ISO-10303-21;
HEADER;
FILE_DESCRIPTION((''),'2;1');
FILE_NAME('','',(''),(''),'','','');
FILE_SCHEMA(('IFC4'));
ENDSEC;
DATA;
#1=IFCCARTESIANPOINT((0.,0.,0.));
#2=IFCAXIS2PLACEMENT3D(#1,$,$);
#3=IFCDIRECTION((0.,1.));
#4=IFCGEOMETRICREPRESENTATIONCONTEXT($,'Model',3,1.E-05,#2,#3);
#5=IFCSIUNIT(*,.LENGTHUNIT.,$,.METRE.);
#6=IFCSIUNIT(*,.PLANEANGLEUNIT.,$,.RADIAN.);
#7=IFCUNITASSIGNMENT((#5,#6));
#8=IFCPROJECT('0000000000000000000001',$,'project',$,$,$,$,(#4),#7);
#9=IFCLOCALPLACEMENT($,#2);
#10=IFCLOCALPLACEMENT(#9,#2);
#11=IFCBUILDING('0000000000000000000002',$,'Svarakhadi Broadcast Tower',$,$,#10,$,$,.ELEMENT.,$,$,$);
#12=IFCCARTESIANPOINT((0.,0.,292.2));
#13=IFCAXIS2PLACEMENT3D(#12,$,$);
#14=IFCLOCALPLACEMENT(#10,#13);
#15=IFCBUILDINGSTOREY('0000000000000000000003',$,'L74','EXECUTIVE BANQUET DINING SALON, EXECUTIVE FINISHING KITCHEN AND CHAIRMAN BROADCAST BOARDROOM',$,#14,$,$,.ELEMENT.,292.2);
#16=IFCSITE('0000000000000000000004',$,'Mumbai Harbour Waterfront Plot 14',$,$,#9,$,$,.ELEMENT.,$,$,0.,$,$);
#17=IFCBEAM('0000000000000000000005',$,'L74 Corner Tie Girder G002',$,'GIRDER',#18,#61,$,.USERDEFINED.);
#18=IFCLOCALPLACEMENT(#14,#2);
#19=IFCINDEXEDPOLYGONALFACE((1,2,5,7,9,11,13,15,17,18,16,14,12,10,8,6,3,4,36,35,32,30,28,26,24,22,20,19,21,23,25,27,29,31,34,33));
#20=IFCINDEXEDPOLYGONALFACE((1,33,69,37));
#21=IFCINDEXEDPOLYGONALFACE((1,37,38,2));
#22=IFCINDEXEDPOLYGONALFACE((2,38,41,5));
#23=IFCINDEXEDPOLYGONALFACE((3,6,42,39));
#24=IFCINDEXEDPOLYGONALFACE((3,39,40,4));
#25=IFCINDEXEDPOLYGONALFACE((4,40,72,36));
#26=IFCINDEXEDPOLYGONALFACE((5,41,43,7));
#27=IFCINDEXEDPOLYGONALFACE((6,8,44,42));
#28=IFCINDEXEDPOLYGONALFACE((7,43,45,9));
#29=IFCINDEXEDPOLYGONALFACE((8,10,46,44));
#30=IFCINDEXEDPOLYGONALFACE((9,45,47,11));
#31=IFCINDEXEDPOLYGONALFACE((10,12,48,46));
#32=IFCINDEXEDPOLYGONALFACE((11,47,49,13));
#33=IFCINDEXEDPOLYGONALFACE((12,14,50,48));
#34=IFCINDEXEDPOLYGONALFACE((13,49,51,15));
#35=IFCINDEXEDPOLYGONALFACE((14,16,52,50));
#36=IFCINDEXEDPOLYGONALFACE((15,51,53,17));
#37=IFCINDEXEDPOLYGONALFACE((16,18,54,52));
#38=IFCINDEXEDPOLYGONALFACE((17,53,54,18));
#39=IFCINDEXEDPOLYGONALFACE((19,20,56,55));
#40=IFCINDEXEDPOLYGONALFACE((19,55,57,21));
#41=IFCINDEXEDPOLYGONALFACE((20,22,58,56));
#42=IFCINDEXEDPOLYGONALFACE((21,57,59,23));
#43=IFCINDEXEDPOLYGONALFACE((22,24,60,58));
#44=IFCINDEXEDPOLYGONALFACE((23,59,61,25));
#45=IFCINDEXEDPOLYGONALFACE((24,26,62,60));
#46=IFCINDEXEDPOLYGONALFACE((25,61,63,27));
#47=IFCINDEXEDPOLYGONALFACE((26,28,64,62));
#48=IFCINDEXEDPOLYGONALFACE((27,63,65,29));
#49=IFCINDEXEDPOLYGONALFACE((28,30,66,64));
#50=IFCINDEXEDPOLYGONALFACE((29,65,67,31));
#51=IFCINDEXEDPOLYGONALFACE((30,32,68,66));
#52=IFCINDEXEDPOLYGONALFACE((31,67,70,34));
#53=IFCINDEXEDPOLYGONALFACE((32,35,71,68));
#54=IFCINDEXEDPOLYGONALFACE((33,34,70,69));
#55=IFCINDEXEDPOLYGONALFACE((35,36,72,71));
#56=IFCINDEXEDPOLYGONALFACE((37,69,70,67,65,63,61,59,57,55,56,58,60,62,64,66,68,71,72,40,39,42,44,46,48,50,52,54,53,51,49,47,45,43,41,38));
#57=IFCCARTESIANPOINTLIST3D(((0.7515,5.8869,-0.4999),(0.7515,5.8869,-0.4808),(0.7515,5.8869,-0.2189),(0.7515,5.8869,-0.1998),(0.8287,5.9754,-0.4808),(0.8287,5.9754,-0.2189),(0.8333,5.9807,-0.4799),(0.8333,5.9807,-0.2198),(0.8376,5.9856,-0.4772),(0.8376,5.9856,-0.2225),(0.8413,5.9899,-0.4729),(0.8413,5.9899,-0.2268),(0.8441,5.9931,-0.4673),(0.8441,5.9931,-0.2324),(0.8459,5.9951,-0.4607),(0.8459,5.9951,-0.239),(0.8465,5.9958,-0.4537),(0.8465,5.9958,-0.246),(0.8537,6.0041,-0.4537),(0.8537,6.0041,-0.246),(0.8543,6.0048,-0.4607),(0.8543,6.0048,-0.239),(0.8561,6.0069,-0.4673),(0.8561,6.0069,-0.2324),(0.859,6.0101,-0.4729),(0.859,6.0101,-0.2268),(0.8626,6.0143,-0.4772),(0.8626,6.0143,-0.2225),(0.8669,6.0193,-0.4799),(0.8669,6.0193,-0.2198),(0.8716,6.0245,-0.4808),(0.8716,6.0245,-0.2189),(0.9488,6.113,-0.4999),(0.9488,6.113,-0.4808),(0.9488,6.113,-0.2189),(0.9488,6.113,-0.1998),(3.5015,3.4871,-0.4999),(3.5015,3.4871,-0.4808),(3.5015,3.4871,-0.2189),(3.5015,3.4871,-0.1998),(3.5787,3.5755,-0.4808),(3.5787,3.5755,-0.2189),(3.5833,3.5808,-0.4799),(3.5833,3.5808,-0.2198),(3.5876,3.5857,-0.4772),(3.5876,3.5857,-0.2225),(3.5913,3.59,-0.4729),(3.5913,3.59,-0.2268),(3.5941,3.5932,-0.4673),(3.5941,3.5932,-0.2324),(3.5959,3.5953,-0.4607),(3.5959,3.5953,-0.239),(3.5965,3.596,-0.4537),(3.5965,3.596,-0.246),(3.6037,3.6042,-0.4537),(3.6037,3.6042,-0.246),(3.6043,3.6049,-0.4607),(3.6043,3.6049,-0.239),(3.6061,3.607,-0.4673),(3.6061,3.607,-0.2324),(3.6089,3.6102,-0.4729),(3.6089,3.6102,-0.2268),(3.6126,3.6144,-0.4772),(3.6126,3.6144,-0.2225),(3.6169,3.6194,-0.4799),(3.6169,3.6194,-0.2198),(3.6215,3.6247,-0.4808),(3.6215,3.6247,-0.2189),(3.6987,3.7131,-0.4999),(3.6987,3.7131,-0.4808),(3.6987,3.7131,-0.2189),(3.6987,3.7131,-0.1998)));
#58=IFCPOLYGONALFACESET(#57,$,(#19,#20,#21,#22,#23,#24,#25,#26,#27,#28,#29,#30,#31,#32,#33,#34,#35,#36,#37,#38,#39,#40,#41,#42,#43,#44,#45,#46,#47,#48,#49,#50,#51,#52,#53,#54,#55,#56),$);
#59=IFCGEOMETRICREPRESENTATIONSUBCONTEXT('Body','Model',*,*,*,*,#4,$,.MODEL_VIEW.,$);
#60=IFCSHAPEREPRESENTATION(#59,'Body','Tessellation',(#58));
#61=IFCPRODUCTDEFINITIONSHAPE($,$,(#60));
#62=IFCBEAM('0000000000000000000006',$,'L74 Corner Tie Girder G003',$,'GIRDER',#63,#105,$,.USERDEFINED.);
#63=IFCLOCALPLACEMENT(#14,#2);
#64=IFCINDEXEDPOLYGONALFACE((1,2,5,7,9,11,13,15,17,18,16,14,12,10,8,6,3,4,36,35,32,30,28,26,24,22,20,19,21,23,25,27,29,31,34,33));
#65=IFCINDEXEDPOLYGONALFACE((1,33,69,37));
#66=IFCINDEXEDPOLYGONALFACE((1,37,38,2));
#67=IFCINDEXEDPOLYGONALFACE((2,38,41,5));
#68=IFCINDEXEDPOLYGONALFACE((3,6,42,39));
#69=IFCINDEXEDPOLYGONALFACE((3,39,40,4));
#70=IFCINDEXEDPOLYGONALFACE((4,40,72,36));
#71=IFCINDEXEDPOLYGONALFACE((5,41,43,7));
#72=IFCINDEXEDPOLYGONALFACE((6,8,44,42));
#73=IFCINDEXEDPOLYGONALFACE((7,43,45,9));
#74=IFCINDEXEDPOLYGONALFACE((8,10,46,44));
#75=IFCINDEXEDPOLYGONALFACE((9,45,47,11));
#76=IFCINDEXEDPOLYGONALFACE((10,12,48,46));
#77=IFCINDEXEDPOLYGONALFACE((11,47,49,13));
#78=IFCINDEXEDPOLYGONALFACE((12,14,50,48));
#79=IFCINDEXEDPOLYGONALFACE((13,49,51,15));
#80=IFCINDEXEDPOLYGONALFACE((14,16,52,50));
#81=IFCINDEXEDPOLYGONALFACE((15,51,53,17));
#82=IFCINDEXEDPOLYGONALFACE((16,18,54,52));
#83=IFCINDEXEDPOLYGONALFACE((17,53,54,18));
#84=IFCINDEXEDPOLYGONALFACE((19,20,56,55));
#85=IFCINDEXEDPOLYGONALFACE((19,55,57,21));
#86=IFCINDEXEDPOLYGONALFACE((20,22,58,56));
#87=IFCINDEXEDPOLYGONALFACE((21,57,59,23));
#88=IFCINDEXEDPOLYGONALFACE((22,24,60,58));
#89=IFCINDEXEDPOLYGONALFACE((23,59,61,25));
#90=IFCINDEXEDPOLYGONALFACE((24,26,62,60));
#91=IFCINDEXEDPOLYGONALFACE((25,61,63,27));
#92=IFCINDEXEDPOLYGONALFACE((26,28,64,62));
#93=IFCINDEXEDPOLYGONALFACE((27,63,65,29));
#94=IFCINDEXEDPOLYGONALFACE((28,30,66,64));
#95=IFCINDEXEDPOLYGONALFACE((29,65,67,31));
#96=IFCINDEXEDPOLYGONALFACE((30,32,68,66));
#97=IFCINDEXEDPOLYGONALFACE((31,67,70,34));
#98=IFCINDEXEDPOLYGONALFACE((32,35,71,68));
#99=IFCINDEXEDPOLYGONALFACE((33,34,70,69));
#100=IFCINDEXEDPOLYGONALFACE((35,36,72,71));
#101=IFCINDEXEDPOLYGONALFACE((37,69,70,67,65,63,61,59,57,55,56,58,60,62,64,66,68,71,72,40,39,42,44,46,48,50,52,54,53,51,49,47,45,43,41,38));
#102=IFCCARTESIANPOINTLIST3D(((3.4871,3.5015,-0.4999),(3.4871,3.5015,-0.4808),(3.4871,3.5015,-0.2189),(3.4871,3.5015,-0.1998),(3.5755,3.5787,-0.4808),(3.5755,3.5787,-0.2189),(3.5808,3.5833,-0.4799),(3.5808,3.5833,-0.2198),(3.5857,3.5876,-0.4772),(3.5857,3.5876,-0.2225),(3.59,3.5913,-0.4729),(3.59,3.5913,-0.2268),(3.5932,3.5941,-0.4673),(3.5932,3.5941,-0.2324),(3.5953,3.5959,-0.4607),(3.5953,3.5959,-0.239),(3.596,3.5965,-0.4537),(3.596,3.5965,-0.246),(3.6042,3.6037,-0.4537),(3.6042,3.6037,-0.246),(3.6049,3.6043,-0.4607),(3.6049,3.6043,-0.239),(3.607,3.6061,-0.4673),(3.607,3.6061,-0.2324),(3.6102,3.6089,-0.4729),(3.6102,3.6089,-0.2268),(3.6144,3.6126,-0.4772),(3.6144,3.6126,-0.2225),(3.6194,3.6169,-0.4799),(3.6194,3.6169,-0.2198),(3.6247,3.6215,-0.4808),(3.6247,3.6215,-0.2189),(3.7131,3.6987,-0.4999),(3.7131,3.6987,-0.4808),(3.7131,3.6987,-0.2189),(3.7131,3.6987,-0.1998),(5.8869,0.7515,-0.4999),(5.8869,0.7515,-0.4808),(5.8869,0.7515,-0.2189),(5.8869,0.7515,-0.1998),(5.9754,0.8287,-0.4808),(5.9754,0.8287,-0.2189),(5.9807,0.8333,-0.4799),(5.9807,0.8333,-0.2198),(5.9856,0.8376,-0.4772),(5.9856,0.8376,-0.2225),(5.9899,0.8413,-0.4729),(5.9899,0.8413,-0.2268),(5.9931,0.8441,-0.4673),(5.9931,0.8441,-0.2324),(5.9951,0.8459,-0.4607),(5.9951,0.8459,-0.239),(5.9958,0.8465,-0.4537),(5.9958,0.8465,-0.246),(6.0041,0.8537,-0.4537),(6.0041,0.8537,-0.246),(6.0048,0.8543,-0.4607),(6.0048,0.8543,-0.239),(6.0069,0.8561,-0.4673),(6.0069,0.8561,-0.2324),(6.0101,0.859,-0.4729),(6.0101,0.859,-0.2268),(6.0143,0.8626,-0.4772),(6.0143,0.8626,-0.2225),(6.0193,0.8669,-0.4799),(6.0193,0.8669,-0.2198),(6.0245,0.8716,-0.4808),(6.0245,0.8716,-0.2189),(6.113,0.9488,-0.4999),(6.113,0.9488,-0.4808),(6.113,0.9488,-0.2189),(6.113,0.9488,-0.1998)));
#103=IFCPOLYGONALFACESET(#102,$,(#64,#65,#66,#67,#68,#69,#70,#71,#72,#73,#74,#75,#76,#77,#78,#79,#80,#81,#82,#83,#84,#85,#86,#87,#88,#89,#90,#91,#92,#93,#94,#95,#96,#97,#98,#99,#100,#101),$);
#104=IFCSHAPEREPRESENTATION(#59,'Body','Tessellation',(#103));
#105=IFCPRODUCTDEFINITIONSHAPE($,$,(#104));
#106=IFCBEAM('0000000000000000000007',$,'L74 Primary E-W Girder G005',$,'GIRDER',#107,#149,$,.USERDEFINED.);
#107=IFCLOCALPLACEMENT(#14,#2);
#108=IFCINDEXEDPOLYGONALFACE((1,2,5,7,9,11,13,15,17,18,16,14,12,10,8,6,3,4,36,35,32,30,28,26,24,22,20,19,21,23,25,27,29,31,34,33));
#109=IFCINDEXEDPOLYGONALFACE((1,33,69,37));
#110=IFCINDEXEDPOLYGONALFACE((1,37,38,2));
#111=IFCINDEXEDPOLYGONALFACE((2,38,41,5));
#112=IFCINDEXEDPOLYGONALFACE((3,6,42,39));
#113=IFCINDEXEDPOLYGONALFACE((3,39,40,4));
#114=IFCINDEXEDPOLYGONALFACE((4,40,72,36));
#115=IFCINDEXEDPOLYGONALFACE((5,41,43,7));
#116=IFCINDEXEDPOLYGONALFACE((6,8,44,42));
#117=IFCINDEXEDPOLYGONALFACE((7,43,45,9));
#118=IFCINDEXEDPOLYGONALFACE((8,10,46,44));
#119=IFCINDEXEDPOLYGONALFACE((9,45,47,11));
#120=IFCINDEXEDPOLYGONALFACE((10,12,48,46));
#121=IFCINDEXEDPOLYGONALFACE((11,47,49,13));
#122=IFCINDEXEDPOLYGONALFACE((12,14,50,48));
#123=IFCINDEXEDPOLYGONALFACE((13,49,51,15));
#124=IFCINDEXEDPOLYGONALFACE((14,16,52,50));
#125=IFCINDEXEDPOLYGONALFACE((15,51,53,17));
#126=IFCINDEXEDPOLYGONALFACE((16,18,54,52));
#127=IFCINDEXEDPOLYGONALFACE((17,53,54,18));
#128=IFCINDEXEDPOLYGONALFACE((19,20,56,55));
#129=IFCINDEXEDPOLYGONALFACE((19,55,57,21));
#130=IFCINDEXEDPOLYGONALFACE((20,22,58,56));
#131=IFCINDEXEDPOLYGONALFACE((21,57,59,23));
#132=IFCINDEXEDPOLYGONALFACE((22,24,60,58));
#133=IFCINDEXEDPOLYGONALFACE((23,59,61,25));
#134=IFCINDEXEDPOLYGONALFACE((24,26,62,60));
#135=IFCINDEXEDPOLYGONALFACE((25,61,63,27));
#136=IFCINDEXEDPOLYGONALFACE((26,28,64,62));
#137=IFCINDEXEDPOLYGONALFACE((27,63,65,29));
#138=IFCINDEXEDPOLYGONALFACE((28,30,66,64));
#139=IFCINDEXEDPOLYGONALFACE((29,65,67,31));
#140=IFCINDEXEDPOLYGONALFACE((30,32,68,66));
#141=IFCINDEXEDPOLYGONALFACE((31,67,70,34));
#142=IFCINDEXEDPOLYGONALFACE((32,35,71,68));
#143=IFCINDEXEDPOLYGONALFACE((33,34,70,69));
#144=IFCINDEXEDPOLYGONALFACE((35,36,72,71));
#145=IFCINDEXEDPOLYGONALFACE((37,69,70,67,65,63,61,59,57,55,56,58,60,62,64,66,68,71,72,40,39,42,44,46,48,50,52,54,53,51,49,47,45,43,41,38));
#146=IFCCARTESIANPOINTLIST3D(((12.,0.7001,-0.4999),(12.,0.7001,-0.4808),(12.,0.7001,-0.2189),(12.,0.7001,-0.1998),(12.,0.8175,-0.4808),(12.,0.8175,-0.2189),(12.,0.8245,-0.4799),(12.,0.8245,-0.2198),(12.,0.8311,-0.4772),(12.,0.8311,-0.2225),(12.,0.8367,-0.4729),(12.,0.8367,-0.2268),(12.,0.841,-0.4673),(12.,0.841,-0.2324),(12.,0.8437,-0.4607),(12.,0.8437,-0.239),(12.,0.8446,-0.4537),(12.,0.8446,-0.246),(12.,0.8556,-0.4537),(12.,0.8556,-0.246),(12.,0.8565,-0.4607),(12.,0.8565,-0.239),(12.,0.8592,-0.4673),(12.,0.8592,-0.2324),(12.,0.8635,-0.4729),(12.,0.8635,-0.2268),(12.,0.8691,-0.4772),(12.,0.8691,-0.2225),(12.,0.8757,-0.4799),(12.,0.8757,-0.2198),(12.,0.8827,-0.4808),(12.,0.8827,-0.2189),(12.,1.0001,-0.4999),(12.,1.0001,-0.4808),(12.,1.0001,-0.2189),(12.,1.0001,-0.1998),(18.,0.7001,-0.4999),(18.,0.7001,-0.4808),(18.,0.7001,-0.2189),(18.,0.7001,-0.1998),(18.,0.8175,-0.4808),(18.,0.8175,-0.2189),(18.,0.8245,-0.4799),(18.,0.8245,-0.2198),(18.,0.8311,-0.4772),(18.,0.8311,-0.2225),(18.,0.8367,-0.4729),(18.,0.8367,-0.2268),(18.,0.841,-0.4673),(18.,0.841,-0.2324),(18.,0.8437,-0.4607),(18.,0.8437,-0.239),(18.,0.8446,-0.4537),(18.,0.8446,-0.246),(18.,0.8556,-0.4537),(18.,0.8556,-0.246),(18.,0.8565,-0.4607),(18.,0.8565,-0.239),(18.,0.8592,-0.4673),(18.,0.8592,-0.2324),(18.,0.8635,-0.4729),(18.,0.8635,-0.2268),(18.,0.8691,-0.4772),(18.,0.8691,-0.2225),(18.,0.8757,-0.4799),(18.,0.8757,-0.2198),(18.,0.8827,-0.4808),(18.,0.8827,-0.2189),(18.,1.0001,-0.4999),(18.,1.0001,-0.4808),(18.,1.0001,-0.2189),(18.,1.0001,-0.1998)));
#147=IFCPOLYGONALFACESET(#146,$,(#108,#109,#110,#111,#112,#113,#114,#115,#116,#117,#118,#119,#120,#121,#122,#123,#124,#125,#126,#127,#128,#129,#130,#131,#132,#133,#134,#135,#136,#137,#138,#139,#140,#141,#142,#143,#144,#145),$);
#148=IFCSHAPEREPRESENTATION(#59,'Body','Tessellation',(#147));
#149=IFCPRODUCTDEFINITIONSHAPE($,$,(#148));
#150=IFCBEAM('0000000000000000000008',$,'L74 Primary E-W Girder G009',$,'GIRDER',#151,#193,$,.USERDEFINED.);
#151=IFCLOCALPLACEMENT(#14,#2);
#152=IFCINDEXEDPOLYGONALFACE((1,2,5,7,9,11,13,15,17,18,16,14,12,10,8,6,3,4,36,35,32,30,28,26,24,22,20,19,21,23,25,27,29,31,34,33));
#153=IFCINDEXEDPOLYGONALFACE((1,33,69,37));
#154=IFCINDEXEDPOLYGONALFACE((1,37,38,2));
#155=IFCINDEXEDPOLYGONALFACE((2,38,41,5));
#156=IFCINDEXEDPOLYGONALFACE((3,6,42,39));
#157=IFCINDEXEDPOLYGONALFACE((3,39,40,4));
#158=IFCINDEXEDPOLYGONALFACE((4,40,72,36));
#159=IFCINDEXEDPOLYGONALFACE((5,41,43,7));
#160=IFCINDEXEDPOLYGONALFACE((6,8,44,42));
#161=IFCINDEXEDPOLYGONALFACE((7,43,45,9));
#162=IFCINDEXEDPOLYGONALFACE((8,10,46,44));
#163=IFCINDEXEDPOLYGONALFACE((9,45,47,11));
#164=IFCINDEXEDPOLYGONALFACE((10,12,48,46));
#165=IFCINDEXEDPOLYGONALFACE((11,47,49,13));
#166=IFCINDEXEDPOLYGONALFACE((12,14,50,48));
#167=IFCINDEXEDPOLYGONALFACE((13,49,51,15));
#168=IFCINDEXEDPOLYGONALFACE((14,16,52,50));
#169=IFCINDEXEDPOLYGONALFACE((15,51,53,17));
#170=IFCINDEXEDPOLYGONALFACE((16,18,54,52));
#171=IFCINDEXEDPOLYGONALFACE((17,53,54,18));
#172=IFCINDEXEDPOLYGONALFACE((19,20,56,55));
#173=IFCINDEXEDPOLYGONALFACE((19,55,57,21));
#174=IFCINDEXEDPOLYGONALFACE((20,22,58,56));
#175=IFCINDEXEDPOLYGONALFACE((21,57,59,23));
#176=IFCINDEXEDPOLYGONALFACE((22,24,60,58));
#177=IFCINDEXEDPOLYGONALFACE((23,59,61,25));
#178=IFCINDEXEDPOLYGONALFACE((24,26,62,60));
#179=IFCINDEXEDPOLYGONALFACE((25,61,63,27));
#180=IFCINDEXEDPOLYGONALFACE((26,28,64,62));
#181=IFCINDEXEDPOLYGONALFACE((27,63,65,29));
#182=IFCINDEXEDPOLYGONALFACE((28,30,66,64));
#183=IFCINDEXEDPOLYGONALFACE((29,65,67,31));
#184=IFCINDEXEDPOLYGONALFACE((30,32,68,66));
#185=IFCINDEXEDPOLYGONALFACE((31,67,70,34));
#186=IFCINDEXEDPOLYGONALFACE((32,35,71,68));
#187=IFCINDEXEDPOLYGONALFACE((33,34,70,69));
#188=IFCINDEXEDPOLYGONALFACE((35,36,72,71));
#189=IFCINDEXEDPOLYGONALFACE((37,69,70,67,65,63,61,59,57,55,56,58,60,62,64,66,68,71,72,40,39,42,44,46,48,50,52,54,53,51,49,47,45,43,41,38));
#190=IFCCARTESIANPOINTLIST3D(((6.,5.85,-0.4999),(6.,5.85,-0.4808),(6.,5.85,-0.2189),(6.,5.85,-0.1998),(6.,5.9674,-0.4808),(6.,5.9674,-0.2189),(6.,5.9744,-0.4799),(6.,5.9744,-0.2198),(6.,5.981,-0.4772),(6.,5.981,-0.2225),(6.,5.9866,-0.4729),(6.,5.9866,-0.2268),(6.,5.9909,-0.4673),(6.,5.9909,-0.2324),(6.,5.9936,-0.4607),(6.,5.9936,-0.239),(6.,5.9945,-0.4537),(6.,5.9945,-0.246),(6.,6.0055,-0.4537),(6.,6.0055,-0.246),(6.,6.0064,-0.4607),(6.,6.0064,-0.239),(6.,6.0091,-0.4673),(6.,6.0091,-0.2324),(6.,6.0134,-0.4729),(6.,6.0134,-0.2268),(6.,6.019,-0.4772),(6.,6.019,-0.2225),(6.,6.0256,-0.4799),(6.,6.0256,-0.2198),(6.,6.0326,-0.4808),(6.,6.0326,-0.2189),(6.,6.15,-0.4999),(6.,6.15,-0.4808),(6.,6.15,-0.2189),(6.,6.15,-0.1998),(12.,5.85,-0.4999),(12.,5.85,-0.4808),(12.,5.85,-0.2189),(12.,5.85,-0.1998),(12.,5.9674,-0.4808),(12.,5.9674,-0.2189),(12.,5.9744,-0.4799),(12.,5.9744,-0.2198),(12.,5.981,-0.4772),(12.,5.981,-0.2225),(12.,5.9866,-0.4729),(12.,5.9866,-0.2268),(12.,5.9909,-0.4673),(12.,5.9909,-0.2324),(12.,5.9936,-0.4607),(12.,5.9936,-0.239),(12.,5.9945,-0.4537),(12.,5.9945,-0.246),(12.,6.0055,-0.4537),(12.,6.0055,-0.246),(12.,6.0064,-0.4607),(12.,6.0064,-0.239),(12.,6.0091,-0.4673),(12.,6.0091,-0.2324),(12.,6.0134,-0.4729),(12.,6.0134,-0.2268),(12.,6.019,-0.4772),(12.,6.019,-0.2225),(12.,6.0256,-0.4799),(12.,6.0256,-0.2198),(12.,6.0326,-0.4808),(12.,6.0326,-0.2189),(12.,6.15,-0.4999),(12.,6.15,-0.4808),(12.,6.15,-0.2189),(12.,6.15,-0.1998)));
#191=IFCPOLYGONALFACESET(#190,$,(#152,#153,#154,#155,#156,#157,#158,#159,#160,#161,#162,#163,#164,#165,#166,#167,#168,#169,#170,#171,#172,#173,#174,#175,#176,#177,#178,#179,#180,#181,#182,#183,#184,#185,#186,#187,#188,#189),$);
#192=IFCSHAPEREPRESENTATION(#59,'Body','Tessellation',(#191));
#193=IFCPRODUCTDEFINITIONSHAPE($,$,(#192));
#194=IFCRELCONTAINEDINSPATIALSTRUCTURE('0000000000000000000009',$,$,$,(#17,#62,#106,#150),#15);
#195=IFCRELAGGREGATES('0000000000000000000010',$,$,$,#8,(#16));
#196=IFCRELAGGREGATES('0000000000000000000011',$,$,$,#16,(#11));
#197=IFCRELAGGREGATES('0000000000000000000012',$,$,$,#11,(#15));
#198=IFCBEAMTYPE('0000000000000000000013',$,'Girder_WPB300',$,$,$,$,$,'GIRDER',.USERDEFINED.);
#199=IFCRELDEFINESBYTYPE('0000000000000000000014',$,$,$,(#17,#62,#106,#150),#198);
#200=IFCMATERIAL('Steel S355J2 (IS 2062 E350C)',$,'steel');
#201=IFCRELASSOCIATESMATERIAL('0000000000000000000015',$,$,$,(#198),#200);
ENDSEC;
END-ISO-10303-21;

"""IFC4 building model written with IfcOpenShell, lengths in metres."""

from ifc_helpers import new_model, si_unit, direction, frame, origin, origin_2d, place, context, subcontext, project, spatial, i_section, extrude, material, material_profile, profile_set, type_object, element, save


model = new_model("IFC4")

# Units and contexts
model_context = context("Model", 3, precision=1e-05, world=origin(), true_north=direction((0.0, 1.0)))
body_context = subcontext(model_context, "Body", "Model", "MODEL_VIEW")
ifc_project = project(units=[si_unit("LENGTHUNIT", "METRE"), si_unit("PLANEANGLEUNIT", "RADIAN")], contexts=[model_context])

# Site, building, storey
site_placement = place(None, origin())
site = spatial("IfcSite", under=ifc_project, at=site_placement, Name="Mumbai Harbour Waterfront Plot 14", CompositionType="ELEMENT", RefElevation=0.0)
building_placement = place(site_placement, origin())
building = spatial("IfcBuilding", under=site, at=building_placement, Name="Svarakhadi Broadcast Tower", CompositionType="ELEMENT")
storey_placement = place(building_placement, frame((0.0, 0.0, 292.2)))
storey = spatial("IfcBuildingStorey", under=building, at=storey_placement, Name="L74", Description="EXECUTIVE BANQUET DINING SALON, EXECUTIVE FINISHING KITCHEN AND CHAIRMAN BROADCAST BOARDROOM", CompositionType="ELEMENT", Elevation=292.2)

# Shared definitions
ifc_material_1 = material(Name="Steel S355J2 (IS 2062 E350C)", Category="steel")

# Beams
ifc_material_profile_1 = material_profile(ifc_material_1, i_section(OverallWidth=0.3, OverallDepth=0.3, WebThickness=0.011, FlangeThickness=0.019, FilletRadius=0.0271, at=origin_2d()), Name="WPB 300x300x117")
ifc_profile_set_1 = profile_set([ifc_material_profile_1], Name="Steel S355J2 (IS 2062 E350C)")
beam_type_1 = type_object("IfcBeamType", Name="Girder_WPB300", ElementType="GIRDER", PredefinedType="USERDEFINED", material=ifc_profile_set_1)
for number, where, z_axis, x_axis, name in (
    (1, (3.6001, 3.6001, -0.3499), (-0.753438, 0.657519, 0.0), (-0.657519, -0.753438, 0.0), "L74 Corner Tie Girder G002"),
    (2, (3.6001, 3.6001, -0.3499), (0.657519, -0.753438, 0.0), (0.753438, 0.657519, 0.0), "L74 Corner Tie Girder G003"),
):
    element("IfcBeam", number, at=place(storey_placement, frame(where, z_axis=z_axis, x_axis=x_axis)), inside=storey, type_object=beam_type_1, Name=name, ObjectType="GIRDER", PredefinedType="USERDEFINED", context=body_context, shape_type="SweptSolid", body=[
        extrude(i_section(OverallWidth=0.3, OverallDepth=0.3, WebThickness=0.011, FlangeThickness=0.019, FilletRadius=0.0271, at=origin_2d()), origin(), (0.0, 0.0, 1.0), 3.6499),
    ])
for number, where, z_axis, x_axis, name in (
    (3, (12.0, 0.8501, -0.3499), (1.0, 0.0, 0.0), (0.0, 1.0, 0.0), "L74 Primary E-W Girder G005"),
    (4, (6.0, 6.0, -0.3499), (1.0, 0.0, 0.0), (0.0, 1.0, 0.0), "L74 Primary E-W Girder G009"),
):
    element("IfcBeam", number, at=place(storey_placement, frame(where, z_axis=z_axis, x_axis=x_axis)), inside=storey, type_object=beam_type_1, Name=name, ObjectType="GIRDER", PredefinedType="USERDEFINED", context=body_context, shape_type="SweptSolid", body=[
        extrude(i_section(OverallWidth=0.3, OverallDepth=0.3, WebThickness=0.011, FlangeThickness=0.019, FilletRadius=0.0271, at=origin_2d()), origin(), (0.0, 0.0, 1.0), 6.0),
    ])

save(model, "model.ifc")
